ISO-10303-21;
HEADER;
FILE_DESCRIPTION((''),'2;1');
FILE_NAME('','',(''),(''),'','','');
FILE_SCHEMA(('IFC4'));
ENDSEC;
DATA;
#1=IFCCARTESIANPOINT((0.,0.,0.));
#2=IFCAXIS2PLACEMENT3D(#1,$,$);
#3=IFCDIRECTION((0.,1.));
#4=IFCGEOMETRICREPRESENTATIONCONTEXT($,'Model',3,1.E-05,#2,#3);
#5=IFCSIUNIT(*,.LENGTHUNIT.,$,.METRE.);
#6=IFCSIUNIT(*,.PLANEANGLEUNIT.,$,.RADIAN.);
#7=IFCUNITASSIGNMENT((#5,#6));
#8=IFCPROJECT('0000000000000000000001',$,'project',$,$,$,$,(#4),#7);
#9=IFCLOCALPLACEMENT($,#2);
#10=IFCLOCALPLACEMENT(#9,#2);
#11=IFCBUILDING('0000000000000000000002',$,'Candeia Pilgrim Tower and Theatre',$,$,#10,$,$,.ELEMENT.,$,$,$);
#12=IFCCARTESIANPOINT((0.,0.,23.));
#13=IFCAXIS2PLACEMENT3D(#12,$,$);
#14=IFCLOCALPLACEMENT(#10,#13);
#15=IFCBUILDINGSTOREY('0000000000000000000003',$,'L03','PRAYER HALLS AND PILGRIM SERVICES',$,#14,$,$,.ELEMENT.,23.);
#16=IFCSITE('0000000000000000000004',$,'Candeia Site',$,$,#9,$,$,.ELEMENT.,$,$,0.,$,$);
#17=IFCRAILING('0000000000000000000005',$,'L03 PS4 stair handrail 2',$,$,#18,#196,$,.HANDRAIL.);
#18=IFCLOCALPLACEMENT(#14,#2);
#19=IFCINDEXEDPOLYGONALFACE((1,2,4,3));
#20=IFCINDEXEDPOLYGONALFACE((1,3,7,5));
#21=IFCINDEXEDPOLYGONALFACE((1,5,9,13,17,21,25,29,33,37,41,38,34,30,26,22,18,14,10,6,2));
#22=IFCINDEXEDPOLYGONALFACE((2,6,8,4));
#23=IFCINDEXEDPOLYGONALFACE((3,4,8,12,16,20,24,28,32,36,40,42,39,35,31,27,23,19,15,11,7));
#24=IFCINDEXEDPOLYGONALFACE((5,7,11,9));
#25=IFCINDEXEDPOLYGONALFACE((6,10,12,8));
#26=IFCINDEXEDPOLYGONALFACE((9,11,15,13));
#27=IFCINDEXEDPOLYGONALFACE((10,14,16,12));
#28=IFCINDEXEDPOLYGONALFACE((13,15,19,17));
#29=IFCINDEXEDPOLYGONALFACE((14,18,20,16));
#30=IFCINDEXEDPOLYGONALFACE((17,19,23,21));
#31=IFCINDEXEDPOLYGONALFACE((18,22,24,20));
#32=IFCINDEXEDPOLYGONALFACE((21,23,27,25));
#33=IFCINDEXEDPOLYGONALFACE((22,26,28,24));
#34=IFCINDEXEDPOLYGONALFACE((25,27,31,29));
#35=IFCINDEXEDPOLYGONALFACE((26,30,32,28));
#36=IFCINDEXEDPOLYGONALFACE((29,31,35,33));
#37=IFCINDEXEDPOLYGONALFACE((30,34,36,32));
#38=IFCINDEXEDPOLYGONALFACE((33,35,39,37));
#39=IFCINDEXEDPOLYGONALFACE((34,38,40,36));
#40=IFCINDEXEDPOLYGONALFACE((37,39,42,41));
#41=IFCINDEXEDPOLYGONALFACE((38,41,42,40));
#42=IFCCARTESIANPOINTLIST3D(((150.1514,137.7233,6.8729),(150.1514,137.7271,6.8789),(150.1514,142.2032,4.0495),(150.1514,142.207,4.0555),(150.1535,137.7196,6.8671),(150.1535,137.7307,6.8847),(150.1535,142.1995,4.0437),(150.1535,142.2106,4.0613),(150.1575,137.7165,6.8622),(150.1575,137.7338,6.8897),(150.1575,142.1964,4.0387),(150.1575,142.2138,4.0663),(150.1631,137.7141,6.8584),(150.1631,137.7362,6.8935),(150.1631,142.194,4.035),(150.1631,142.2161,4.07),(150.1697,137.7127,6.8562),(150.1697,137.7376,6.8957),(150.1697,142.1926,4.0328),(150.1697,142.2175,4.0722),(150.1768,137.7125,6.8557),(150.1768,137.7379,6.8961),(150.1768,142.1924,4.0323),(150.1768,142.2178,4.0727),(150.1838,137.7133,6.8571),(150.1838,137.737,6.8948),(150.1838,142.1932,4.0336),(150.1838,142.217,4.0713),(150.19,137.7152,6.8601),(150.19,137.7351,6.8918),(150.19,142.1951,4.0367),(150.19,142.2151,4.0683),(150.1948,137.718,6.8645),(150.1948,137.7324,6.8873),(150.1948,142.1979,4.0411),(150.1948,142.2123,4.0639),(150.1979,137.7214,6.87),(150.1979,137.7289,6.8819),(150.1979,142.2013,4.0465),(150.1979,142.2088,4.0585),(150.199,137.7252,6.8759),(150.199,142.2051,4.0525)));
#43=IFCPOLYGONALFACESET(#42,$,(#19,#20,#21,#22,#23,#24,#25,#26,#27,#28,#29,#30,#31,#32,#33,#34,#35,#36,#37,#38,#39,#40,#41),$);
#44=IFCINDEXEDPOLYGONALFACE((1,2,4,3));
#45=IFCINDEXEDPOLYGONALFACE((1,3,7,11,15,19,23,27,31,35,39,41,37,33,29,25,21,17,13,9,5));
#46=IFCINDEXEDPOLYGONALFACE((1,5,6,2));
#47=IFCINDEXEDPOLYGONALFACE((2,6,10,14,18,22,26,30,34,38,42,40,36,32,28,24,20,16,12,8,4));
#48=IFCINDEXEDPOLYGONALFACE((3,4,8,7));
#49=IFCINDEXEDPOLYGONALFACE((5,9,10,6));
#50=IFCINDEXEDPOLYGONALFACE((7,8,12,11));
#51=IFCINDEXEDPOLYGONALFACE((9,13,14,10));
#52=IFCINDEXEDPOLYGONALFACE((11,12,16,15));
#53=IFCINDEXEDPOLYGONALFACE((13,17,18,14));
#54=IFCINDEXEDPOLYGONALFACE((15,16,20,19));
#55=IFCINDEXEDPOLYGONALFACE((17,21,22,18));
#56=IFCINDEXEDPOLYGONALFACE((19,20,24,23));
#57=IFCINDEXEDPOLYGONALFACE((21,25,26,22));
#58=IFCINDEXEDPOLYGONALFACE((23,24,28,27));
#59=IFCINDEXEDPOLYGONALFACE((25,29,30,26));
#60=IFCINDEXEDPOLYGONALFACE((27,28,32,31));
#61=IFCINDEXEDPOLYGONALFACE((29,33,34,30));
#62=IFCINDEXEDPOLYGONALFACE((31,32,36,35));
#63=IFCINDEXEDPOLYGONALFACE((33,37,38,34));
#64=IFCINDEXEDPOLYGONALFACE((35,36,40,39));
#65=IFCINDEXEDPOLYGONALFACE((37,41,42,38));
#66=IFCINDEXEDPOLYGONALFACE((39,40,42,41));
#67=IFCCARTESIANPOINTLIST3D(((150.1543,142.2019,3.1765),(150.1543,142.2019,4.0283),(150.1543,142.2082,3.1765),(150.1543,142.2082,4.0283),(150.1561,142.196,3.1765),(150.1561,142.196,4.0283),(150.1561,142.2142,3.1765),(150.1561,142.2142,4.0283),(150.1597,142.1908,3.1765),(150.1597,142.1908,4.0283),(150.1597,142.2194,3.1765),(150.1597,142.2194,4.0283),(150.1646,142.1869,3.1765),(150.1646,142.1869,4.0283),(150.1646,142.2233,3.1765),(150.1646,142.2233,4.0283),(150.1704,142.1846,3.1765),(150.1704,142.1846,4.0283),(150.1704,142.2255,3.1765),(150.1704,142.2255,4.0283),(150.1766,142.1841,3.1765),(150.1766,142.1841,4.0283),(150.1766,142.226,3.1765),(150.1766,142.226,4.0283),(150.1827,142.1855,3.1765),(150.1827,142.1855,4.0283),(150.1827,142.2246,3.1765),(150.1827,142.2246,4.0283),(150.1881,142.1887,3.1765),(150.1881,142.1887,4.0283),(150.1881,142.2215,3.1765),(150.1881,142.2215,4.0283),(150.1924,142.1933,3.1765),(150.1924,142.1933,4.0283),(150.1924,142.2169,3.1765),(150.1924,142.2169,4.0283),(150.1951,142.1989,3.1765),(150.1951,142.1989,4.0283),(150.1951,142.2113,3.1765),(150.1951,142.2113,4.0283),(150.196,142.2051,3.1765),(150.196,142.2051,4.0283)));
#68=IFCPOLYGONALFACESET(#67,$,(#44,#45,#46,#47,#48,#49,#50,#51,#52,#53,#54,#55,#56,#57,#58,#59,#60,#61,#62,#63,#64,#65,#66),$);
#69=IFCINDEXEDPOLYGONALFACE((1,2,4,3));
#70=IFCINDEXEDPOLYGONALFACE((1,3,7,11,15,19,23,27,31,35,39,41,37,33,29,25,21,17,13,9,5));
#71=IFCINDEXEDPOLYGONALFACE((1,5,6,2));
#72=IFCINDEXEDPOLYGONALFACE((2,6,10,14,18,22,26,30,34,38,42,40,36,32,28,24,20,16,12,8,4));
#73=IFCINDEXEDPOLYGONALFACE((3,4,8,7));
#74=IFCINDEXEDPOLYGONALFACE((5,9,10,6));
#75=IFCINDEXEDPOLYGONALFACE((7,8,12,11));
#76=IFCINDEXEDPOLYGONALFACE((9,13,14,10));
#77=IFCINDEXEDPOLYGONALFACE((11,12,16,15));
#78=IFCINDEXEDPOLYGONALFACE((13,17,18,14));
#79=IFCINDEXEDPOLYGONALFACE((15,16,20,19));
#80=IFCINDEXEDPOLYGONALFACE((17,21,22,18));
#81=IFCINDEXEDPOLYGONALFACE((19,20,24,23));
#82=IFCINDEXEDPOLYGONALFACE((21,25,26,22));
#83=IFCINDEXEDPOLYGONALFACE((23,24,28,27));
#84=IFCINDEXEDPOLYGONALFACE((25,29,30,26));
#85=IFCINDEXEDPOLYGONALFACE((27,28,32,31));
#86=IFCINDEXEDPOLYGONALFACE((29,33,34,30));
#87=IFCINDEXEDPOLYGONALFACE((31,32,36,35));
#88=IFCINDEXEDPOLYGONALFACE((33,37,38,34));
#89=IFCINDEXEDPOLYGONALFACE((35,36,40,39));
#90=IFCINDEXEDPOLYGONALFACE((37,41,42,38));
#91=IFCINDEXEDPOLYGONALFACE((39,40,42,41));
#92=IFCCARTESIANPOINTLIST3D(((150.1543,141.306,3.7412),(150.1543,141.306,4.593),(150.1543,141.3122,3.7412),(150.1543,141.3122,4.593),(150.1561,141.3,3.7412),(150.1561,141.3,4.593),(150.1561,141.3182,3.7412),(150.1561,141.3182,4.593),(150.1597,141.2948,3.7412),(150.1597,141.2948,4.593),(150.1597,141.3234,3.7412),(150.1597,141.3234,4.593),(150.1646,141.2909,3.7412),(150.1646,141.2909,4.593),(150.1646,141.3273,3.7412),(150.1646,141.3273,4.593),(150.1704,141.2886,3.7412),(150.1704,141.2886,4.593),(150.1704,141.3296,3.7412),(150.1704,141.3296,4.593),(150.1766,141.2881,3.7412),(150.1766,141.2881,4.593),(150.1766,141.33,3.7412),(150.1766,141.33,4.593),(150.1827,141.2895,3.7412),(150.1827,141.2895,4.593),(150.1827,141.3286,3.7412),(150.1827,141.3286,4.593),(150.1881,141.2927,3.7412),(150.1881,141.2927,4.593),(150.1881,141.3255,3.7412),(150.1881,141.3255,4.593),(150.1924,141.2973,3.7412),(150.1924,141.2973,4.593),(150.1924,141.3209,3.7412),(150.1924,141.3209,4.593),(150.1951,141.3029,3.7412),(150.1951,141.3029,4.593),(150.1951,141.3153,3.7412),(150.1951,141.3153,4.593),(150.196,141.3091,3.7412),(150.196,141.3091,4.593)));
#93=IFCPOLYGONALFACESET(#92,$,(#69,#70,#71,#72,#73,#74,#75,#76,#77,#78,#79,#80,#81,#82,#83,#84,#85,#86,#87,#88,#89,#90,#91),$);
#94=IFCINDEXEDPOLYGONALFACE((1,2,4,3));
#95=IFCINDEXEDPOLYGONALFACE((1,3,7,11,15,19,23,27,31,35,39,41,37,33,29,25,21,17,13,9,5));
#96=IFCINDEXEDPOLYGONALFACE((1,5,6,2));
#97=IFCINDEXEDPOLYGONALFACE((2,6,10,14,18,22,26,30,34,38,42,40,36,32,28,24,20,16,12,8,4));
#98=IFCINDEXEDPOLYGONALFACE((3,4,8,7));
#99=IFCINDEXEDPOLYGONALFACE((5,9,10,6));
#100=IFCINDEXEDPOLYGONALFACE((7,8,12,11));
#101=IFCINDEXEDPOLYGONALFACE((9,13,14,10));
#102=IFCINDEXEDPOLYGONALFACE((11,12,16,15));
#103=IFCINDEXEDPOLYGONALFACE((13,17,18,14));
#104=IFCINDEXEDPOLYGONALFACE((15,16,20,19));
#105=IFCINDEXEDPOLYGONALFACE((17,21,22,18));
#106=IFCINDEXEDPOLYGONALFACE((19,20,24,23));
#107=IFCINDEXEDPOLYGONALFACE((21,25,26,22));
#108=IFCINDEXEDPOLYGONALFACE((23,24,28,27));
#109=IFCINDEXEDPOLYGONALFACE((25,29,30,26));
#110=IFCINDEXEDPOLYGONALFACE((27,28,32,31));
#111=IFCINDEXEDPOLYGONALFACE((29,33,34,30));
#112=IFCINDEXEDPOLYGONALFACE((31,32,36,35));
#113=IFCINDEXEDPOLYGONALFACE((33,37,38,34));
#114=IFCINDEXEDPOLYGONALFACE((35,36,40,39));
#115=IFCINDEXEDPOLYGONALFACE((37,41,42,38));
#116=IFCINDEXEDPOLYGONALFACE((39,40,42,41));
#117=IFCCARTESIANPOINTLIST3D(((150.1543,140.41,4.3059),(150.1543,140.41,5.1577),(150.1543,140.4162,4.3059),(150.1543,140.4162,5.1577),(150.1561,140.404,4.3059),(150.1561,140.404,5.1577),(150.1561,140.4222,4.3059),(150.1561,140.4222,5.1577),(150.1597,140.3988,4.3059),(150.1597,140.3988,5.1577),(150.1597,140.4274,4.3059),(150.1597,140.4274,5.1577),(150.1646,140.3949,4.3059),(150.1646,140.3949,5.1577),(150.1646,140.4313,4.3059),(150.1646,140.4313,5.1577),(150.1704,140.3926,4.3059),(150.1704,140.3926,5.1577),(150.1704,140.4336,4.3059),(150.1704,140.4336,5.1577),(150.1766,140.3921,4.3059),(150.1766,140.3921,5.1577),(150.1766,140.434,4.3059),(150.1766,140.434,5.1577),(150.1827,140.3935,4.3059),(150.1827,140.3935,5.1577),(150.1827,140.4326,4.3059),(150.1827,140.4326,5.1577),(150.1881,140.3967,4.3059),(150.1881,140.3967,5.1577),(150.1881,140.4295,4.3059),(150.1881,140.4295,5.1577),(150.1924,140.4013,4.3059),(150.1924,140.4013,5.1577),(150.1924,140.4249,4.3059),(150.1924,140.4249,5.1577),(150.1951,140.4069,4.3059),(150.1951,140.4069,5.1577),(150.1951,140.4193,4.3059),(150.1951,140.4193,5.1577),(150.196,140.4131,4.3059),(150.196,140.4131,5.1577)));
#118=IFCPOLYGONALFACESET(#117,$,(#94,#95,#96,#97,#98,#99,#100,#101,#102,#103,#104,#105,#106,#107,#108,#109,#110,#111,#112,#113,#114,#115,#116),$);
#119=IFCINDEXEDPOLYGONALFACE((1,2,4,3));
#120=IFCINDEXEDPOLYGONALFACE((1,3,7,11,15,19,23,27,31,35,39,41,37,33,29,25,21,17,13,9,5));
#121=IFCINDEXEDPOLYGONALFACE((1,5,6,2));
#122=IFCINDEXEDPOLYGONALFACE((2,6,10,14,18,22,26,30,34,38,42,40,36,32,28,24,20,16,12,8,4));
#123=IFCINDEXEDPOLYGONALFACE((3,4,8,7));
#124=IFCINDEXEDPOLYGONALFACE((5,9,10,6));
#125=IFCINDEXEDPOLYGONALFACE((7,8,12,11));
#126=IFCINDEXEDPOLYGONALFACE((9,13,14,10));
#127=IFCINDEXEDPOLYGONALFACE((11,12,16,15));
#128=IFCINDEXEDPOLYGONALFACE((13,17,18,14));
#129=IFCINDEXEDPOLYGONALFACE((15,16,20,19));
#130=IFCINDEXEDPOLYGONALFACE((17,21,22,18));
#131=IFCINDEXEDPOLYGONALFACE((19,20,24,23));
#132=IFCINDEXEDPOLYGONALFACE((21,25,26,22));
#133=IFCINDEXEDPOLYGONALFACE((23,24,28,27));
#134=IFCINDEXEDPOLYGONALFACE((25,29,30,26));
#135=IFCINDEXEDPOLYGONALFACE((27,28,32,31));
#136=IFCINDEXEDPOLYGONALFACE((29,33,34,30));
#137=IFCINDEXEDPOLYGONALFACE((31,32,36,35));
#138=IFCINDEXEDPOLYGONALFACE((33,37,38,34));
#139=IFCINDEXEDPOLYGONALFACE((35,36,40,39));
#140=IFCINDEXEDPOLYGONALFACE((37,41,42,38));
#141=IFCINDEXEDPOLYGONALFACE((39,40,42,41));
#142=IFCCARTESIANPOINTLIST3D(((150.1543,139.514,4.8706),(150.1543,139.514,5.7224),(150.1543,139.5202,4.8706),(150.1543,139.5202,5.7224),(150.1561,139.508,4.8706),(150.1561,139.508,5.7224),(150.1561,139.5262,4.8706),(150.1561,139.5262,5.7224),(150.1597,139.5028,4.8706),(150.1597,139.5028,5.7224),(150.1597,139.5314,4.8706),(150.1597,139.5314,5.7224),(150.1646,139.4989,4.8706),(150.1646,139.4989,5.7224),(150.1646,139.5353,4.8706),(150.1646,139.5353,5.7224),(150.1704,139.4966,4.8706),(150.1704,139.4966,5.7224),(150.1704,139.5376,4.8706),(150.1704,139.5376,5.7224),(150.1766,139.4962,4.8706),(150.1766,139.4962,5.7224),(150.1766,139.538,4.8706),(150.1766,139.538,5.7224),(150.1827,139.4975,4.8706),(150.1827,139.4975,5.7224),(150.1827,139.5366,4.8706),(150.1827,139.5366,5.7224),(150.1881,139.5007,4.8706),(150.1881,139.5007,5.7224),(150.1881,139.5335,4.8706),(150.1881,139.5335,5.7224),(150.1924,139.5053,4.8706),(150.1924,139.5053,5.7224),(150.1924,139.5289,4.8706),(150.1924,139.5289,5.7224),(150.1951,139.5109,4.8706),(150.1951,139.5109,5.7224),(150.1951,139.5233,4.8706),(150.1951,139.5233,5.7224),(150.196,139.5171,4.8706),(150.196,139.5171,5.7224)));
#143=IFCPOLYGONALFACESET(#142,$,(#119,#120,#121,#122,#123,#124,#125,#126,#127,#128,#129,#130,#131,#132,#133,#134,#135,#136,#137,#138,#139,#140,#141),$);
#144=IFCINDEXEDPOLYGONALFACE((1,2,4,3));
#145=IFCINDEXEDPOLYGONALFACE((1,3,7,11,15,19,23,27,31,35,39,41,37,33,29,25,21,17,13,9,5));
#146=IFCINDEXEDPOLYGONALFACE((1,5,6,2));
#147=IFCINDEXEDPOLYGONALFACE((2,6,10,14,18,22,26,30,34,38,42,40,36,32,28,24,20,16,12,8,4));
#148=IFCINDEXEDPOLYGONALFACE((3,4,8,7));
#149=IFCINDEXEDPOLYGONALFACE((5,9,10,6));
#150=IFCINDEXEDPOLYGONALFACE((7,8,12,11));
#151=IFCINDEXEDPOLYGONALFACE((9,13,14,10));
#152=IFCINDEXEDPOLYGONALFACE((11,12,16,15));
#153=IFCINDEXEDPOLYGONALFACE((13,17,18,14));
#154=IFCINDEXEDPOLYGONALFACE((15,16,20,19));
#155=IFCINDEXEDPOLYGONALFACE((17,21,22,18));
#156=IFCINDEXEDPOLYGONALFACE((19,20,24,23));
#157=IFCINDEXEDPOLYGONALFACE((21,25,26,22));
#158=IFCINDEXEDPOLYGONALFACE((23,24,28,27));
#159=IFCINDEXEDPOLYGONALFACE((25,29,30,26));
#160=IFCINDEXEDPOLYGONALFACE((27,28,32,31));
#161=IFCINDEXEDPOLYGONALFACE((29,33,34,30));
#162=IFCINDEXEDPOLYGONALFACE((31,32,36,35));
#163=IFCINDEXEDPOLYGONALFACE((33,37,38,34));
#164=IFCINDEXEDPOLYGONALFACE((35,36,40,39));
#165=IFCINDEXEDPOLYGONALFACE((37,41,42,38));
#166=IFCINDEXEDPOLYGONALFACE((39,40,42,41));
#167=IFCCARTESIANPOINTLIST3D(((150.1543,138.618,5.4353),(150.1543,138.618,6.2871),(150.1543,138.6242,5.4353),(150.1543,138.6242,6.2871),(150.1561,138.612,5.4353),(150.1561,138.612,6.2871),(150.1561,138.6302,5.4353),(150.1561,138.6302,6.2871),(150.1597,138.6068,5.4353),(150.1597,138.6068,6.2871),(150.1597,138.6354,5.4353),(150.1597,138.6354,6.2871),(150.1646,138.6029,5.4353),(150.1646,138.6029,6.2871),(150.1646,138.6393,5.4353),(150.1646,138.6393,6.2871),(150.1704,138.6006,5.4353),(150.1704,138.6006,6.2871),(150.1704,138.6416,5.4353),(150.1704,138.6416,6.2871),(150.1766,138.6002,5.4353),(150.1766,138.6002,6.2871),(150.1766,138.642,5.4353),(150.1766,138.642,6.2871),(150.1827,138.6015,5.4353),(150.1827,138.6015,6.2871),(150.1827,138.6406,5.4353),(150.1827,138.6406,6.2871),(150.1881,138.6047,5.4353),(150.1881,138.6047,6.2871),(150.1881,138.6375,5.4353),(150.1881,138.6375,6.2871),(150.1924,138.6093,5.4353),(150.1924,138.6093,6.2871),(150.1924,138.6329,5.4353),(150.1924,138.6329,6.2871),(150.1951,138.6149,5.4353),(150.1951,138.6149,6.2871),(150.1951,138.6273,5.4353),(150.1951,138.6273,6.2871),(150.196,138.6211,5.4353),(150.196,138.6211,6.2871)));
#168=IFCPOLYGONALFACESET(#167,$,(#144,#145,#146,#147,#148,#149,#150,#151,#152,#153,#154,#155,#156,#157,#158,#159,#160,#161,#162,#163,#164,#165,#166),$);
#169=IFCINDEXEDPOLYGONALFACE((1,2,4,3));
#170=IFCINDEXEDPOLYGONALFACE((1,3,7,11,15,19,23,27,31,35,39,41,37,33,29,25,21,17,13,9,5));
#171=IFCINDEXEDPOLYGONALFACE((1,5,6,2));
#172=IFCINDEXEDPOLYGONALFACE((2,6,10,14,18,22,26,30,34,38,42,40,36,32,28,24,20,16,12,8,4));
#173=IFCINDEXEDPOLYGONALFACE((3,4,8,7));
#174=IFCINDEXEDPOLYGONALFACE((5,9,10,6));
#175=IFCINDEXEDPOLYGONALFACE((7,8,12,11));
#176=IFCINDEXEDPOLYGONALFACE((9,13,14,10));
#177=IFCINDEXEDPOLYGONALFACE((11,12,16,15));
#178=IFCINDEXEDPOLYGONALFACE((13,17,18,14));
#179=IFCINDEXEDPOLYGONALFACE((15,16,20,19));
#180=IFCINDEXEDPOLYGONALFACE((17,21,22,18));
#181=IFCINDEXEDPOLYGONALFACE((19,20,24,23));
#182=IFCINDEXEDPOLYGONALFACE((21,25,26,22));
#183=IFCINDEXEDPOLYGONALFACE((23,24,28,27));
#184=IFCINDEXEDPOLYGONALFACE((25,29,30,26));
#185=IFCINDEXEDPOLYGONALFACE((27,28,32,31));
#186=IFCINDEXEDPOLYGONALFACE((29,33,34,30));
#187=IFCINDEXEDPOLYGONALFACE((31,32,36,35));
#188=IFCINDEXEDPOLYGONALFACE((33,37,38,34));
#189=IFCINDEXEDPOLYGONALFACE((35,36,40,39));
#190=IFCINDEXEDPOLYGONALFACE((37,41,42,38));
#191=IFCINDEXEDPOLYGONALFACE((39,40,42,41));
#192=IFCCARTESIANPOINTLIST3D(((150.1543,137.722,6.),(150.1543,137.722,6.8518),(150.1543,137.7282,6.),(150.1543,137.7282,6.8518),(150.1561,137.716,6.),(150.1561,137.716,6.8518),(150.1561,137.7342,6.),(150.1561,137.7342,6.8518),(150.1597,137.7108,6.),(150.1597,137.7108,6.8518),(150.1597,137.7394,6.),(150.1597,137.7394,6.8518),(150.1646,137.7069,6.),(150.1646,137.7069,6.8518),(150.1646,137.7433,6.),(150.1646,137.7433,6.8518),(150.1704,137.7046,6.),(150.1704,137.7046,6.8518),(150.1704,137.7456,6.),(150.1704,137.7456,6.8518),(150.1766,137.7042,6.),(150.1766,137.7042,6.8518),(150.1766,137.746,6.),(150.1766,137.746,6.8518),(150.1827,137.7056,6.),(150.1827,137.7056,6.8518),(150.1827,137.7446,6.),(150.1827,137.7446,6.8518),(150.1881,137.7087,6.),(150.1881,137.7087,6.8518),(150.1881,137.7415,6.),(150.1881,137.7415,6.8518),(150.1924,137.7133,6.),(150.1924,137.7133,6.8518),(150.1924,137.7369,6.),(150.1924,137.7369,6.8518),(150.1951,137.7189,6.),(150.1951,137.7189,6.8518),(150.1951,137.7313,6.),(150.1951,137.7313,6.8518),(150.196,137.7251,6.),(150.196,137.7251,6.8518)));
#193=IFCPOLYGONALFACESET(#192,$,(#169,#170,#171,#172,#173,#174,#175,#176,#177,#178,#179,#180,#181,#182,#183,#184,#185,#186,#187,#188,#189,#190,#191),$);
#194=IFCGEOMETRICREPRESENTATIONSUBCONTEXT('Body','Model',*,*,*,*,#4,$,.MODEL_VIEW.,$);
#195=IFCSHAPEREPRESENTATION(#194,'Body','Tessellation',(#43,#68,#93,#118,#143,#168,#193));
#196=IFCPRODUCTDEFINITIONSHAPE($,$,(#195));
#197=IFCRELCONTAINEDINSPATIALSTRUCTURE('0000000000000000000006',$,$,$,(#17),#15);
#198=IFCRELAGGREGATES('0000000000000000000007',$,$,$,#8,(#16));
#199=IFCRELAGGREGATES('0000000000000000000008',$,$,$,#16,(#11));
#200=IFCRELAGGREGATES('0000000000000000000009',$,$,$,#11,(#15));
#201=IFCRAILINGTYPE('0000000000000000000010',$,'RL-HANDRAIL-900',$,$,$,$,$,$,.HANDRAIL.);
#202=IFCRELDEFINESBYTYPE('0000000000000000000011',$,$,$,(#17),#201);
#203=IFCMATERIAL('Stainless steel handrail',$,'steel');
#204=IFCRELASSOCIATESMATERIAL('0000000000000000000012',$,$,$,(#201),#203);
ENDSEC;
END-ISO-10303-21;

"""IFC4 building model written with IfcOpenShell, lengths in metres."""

from ifc_helpers import new_model, si_unit, direction, frame, origin, origin_2d, place, context, subcontext, project, spatial, circle, extrude, material, type_object, element, save


model = new_model("IFC4")

# Units and contexts
model_context = context("Model", 3, precision=1e-05, world=origin(), true_north=direction((0.0, 1.0)))
body_context = subcontext(model_context, "Body", "Model", "MODEL_VIEW")
ifc_project = project(units=[si_unit("LENGTHUNIT", "METRE"), si_unit("PLANEANGLEUNIT", "RADIAN")], contexts=[model_context])

# Site, building, storey
site_placement = place(None, origin())
site = spatial("IfcSite", under=ifc_project, at=site_placement, Name="Candeia Site", CompositionType="ELEMENT", RefElevation=0.0)
building_placement = place(site_placement, origin())
building = spatial("IfcBuilding", under=site, at=building_placement, Name="Candeia Pilgrim Tower and Theatre", CompositionType="ELEMENT")
storey_placement = place(building_placement, frame((0.0, 0.0, 23.0)))
storey = spatial("IfcBuildingStorey", under=building, at=storey_placement, Name="L03", Description="PRAYER HALLS AND PILGRIM SERVICES", CompositionType="ELEMENT", Elevation=23.0)

# Railing
ifc_material_1 = material(Name="Stainless steel handrail", Category="steel")
railing_type_1 = type_object("IfcRailingType", Name="RL-HANDRAIL-900", PredefinedType="HANDRAIL", material=ifc_material_1)
railing_1_placement = place(storey_placement, frame((150.175, 142.2051, 3.1765)))
element("IfcRailing", 1, at=railing_1_placement, inside=storey, type_object=railing_type_1, Name="L03 PS4 stair handrail 2", PredefinedType="HANDRAIL", context=body_context, shape_type="SweptSolid", body=[
    extrude(circle(Radius=0.0239, at=origin_2d()), frame((0.0, 0.0, 0.876), z_axis=(0.0, -0.845998, 0.533186), x_axis=(1.0, 0.0, 0.0)), (0.0, 0.0, 1.0), 5.2954),
    extrude(circle(Radius=0.021, at=origin_2d()), origin(), (0.0, 0.0, 1.0), 0.8518),
    extrude(circle(Radius=0.021, at=origin_2d()), frame((0.0, -0.896, 0.5647)), (0.0, 0.0, 1.0), 0.8518),
    extrude(circle(Radius=0.021, at=origin_2d()), frame((0.0, -1.792, 1.1294)), (0.0, 0.0, 1.0), 0.8518),
    extrude(circle(Radius=0.021, at=origin_2d()), frame((0.0, -2.688, 1.6941)), (0.0, 0.0, 1.0), 0.8518),
    extrude(circle(Radius=0.021, at=origin_2d()), frame((0.0, -3.584, 2.2588)), (0.0, 0.0, 1.0), 0.8518),
    extrude(circle(Radius=0.021, at=origin_2d()), frame((0.0, -4.48, 2.8235)), (0.0, 0.0, 1.0), 0.8518),
])

save(model, "model.ifc")
